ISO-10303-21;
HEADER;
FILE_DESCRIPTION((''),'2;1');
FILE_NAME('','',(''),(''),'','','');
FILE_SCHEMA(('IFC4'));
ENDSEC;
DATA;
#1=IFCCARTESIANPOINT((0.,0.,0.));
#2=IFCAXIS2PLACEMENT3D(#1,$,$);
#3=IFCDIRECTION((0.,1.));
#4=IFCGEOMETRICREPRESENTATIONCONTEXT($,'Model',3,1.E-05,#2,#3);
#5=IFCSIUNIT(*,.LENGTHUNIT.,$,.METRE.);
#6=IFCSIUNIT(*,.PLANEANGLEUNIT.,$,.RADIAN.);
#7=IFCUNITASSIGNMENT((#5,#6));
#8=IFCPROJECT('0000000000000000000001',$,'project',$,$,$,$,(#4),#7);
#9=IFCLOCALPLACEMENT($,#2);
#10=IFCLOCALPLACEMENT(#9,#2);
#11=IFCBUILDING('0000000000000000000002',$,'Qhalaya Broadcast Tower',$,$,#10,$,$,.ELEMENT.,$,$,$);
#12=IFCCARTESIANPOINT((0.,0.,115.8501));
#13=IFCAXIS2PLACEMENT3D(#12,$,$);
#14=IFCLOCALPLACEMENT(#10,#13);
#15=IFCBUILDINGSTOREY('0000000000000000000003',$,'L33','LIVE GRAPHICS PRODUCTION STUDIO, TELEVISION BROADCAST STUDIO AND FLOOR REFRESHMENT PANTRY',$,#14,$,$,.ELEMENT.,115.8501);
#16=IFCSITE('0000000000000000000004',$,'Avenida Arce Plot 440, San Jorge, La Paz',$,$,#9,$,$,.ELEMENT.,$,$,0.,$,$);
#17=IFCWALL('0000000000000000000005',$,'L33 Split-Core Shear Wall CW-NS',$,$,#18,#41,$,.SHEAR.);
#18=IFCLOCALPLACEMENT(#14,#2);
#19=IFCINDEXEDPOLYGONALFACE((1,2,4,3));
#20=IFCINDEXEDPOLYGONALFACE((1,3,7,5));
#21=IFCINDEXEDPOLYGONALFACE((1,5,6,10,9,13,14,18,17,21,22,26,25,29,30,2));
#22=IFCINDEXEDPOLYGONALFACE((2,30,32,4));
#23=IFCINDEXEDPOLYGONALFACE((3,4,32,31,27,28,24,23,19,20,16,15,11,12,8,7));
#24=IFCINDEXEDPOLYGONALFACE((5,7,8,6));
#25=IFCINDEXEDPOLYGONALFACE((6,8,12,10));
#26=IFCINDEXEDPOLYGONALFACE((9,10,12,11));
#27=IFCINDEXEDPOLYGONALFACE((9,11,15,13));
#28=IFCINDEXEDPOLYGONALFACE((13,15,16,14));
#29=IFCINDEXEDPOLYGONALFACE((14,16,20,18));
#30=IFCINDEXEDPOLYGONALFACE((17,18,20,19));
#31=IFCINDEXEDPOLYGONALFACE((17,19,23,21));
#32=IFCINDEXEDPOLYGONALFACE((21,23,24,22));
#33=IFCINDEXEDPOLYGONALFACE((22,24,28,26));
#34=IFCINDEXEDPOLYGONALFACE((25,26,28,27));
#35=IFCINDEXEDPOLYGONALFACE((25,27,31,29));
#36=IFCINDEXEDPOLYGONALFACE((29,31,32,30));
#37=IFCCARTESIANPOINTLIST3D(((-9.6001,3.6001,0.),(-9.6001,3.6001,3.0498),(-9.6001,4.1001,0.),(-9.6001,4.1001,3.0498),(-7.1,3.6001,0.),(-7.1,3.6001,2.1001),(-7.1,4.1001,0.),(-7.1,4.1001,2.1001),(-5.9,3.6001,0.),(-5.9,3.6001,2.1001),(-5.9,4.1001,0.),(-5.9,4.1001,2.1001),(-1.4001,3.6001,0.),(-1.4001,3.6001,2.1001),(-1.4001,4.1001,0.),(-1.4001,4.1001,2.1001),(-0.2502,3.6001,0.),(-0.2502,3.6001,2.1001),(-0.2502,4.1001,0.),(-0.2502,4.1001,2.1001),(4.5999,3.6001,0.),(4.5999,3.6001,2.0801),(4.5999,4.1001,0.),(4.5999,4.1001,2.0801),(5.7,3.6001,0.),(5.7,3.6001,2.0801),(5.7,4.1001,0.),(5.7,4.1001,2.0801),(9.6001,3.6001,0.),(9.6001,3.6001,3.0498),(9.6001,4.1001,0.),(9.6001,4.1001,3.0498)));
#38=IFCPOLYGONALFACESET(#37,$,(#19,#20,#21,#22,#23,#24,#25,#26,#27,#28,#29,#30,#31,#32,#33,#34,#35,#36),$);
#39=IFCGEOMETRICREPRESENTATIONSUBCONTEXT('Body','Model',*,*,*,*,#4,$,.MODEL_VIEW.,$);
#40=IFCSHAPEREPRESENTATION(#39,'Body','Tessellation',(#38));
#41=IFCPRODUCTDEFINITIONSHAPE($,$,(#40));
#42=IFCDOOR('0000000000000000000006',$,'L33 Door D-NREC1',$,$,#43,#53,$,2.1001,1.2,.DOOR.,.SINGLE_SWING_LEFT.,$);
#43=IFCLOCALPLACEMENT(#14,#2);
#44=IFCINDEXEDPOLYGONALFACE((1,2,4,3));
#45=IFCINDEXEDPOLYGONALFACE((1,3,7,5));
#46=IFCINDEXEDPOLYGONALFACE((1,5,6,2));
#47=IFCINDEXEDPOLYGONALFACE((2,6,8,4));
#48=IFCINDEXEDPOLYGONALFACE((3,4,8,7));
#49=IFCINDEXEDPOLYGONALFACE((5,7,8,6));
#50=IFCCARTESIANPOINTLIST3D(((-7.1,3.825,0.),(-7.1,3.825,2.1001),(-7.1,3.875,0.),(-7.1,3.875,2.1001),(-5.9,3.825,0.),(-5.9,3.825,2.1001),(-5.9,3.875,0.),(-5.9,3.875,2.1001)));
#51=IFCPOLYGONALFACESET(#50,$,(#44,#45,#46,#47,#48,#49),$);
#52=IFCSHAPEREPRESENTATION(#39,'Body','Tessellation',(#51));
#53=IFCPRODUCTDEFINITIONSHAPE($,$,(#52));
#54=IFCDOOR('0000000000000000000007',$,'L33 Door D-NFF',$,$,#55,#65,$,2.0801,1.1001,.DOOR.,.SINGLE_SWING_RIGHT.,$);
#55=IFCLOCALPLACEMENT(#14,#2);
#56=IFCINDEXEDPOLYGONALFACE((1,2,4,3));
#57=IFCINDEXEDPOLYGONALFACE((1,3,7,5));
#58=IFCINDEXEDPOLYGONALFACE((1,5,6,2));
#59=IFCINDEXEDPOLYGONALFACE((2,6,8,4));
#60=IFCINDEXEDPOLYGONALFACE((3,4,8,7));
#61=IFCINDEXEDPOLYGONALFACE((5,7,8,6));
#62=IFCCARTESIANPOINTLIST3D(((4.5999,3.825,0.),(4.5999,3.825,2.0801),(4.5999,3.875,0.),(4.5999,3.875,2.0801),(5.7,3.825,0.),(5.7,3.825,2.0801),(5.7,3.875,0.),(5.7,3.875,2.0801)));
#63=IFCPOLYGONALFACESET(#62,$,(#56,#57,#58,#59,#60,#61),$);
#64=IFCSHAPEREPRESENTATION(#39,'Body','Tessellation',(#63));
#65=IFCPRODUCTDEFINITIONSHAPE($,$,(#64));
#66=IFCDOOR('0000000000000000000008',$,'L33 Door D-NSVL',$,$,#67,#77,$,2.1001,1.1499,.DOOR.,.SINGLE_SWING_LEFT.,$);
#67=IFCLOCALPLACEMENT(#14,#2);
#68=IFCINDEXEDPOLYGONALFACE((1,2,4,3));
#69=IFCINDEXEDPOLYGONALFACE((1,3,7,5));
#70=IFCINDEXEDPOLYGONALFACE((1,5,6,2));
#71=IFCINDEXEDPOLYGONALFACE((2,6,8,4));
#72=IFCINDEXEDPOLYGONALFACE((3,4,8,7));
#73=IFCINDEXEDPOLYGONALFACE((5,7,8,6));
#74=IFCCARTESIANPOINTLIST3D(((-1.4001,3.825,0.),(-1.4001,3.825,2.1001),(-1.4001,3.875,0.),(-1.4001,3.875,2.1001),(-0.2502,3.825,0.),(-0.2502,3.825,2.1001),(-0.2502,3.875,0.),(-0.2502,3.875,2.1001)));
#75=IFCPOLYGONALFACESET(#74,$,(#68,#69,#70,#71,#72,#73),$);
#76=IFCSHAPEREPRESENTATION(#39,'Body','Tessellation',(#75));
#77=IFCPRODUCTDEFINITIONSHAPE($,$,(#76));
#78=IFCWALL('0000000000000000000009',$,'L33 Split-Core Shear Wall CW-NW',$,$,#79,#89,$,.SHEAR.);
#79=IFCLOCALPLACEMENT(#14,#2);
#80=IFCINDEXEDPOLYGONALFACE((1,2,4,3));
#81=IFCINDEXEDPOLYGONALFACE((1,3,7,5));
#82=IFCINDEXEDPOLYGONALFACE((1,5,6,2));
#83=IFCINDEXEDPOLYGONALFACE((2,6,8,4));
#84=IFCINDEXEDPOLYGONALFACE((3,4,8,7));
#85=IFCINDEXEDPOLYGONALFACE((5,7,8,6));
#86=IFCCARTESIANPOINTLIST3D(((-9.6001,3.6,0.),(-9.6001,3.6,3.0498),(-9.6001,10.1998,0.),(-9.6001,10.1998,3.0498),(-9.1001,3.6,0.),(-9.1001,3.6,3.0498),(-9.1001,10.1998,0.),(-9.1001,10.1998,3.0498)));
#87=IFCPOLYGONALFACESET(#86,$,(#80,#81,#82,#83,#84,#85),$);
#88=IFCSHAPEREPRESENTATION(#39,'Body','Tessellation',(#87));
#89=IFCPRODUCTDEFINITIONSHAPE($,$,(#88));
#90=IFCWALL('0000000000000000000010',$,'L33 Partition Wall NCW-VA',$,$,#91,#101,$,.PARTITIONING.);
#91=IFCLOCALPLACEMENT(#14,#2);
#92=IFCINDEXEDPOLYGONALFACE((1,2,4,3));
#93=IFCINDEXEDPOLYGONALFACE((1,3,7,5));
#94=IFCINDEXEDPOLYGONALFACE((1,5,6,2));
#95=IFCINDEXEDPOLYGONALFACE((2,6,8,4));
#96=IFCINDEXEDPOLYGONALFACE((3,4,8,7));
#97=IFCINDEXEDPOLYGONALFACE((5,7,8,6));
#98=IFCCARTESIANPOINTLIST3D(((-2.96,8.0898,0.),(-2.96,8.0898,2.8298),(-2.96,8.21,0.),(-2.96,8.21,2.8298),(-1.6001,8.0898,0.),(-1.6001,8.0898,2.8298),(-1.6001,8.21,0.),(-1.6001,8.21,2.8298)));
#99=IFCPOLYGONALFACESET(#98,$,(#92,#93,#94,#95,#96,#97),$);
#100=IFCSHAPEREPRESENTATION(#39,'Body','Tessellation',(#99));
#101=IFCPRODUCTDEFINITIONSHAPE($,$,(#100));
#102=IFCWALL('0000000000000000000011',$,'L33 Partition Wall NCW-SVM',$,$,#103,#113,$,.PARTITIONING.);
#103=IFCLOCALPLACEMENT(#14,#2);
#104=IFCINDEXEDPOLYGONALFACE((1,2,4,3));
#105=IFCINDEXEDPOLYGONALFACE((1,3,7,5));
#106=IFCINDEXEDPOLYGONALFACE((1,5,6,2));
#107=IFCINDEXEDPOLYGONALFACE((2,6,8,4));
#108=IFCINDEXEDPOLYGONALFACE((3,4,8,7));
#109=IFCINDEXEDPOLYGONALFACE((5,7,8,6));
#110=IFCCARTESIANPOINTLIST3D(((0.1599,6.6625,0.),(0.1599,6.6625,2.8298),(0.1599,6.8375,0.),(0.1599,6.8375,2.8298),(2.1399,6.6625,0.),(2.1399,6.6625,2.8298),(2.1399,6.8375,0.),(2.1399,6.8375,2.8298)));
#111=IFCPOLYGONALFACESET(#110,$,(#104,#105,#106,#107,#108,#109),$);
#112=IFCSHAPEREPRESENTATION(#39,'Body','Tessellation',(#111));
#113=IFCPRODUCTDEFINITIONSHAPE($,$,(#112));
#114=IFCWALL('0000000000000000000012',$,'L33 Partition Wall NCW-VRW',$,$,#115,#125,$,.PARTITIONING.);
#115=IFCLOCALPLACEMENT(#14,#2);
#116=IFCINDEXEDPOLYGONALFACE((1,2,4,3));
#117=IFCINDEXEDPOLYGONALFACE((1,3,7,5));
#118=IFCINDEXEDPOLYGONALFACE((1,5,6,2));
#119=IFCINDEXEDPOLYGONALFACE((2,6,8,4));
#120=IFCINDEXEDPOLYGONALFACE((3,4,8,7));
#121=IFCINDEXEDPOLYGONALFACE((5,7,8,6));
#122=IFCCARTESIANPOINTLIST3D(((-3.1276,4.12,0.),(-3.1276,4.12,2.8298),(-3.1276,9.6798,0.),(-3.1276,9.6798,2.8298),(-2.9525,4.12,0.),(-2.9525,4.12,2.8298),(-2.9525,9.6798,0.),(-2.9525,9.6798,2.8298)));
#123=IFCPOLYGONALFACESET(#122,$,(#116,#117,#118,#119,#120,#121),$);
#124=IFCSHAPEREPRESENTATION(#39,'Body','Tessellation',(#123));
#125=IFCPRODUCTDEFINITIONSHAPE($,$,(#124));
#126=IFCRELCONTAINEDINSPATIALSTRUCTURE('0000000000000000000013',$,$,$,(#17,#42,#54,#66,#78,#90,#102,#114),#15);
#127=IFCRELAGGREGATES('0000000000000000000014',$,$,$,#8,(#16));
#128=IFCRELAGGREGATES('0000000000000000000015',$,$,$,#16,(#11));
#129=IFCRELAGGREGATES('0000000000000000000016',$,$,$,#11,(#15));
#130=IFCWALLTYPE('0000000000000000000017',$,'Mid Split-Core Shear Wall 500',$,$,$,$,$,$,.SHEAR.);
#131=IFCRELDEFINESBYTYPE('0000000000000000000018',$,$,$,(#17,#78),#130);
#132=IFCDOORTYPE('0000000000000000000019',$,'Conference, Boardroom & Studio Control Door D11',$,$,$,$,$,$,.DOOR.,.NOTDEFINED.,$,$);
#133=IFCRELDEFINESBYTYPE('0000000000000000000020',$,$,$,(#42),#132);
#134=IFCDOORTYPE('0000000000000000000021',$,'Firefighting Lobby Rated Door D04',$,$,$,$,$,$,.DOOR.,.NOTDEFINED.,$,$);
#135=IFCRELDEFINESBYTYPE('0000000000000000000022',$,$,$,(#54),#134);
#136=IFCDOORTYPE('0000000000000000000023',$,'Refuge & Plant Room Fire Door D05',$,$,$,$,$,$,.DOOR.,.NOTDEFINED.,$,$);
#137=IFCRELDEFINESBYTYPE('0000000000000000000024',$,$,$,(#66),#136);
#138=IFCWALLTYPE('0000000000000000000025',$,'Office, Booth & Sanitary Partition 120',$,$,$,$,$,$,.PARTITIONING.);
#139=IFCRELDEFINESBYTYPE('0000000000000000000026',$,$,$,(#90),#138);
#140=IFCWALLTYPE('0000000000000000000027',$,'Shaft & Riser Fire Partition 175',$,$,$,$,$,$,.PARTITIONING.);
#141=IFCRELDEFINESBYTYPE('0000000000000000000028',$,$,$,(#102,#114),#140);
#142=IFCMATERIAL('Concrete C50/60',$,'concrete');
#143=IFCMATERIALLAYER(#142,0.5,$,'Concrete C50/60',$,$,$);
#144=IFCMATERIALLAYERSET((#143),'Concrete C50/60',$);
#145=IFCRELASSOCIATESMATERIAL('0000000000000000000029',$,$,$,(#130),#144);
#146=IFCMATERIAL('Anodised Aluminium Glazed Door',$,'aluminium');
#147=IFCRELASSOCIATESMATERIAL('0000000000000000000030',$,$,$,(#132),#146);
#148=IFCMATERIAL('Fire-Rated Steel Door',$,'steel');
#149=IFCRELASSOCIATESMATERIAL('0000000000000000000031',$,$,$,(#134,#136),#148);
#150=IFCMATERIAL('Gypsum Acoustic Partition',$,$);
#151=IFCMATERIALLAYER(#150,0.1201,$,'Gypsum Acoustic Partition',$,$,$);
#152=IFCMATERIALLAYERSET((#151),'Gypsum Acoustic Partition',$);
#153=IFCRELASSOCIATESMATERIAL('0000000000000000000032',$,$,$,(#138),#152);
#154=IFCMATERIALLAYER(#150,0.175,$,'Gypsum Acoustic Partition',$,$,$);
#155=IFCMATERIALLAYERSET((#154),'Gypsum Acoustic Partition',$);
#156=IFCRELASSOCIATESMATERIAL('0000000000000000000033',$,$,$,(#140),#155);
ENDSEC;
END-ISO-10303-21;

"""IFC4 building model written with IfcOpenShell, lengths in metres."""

from ifc_helpers import new_model, si_unit, direction, frame, frame_2d, origin, place, context, subcontext, project, spatial, rectangle, extrude, material, layer, layer_set, type_object, element, fill, save


model = new_model("IFC4")

# Units and contexts
model_context = context("Model", 3, precision=1e-05, world=origin(), true_north=direction((0.0, 1.0)))
body_context = subcontext(model_context, "Body", "Model", "MODEL_VIEW")
ifc_project = project(units=[si_unit("LENGTHUNIT", "METRE"), si_unit("PLANEANGLEUNIT", "RADIAN")], contexts=[model_context])

# Site, building, storey
site_placement = place(None, origin())
site = spatial("IfcSite", under=ifc_project, at=site_placement, Name="Avenida Arce Plot 440, San Jorge, La Paz", CompositionType="ELEMENT", RefElevation=0.0)
building_placement = place(site_placement, origin())
building = spatial("IfcBuilding", under=site, at=building_placement, Name="Qhalaya Broadcast Tower", CompositionType="ELEMENT")
storey_placement = place(building_placement, frame((0.0, 0.0, 115.8501)))
storey = spatial("IfcBuildingStorey", under=building, at=storey_placement, Name="L33", Description="LIVE GRAPHICS PRODUCTION STUDIO, TELEVISION BROADCAST STUDIO AND FLOOR REFRESHMENT PANTRY", CompositionType="ELEMENT", Elevation=115.8501)

# Shared definitions
ifc_material_1 = material(Name="Concrete C50/60", Category="concrete")

# Shared definitions
ifc_material_2 = material(Name="Gypsum Acoustic Partition")
ifc_material_3 = material(Name="Fire-Rated Steel Door", Category="steel")

# Shared definitions
ifc_layer_1 = layer(ifc_material_1, 0.5, Name="Concrete C50/60")
ifc_layer_set_1 = layer_set([ifc_layer_1], Name="Concrete C50/60")
wall_type_1 = type_object("IfcWallType", Name="Mid Split-Core Shear Wall 500", PredefinedType="SHEAR", material=ifc_layer_set_1)

# Wall, openings, doors
wall_1_placement = place(storey_placement, frame((-9.6001, 3.8501, 0.0), z_axis=(0.0, 0.0, 1.0), x_axis=(1.0, 0.0, 0.0)))
wall_1 = element("IfcWall", 1, at=wall_1_placement, inside=storey, type_object=wall_type_1, Name="L33 Split-Core Shear Wall CW-NS", PredefinedType="SHEAR", context=body_context, shape_type="SweptSolid", body=[
    extrude(rectangle(XDim=19.2002, YDim=0.5, at=frame_2d((9.6001, 0.0))), origin(), (0.0, 0.0, 1.0), 3.0498),
])
opening_1_placement = place(wall_1_placement, frame((14.2, 0.0, 0.0)))
opening_1 = element("IfcOpeningElement", 2, at=opening_1_placement, cuts=wall_1, PredefinedType="OPENING", context=body_context, shape_type="SweptSolid", body=[
    extrude(rectangle(XDim=1.1001, YDim=2.0801, at=frame_2d((0.55, 1.04))), frame((0.0, 0.262, 0.0), z_axis=(0.0, -1.0, 0.0), x_axis=(1.0, 0.0, 0.0)), (0.0, 0.0, 1.0), 0.5239),
])
opening_2_placement = place(wall_1_placement, frame((8.2, 0.0, 0.0)))
opening_2 = element("IfcOpeningElement", 3, at=opening_2_placement, cuts=wall_1, PredefinedType="OPENING", context=body_context, shape_type="SweptSolid", body=[
    extrude(rectangle(XDim=1.1499, YDim=2.1001, at=frame_2d((0.575, 1.05))), frame((0.0, 0.262, 0.0), z_axis=(0.0, -1.0, 0.0), x_axis=(1.0, 0.0, 0.0)), (0.0, 0.0, 1.0), 0.5239),
])
opening_3_placement = place(wall_1_placement, frame((2.5, 0.0, 0.0)))
opening_3 = element("IfcOpeningElement", 4, at=opening_3_placement, cuts=wall_1, PredefinedType="OPENING", context=body_context, shape_type="SweptSolid", body=[
    extrude(rectangle(XDim=1.2, YDim=2.1001, at=frame_2d((0.6001, 1.05))), frame((0.0, 0.262, 0.0), z_axis=(0.0, -1.0, 0.0), x_axis=(1.0, 0.0, 0.0)), (0.0, 0.0, 1.0), 0.5239),
])
ifc_material_4 = material(Name="Anodised Aluminium Glazed Door", Category="aluminium")
door_type_1 = type_object("IfcDoorType", Name="Conference, Boardroom & Studio Control Door D11", OperationType="NOTDEFINED", PredefinedType="DOOR", material=ifc_material_4)
door_1_placement = place(opening_3_placement, origin())
door_1 = element("IfcDoor", 5, at=door_1_placement, inside=storey, type_object=door_type_1, Name="L33 Door D-NREC1", OperationType="SINGLE_SWING_LEFT", OverallHeight=2.1001, OverallWidth=1.2, PredefinedType="DOOR", context=body_context, shape_type="SweptSolid", body=[
    extrude(rectangle(XDim=1.2, YDim=2.1001, at=frame_2d((0.6001, 1.05))), frame((0.0, 0.0249, 0.0), z_axis=(0.0, -1.0, 0.0), x_axis=(1.0, 0.0, 0.0)), (0.0, 0.0, 1.0), 0.05),
])
fill(opening_3, door_1)
door_type_2 = type_object("IfcDoorType", Name="Firefighting Lobby Rated Door D04", OperationType="NOTDEFINED", PredefinedType="DOOR", material=ifc_material_3)
door_2_placement = place(opening_1_placement, origin())
door_2 = element("IfcDoor", 6, at=door_2_placement, inside=storey, type_object=door_type_2, Name="L33 Door D-NFF", OperationType="SINGLE_SWING_RIGHT", OverallHeight=2.0801, OverallWidth=1.1001, PredefinedType="DOOR", context=body_context, shape_type="SweptSolid", body=[
    extrude(rectangle(XDim=1.1001, YDim=2.0801, at=frame_2d((0.55, 1.04))), frame((0.0, 0.0249, 0.0), z_axis=(0.0, -1.0, 0.0), x_axis=(1.0, 0.0, 0.0)), (0.0, 0.0, 1.0), 0.05),
])
fill(opening_1, door_2)
door_type_3 = type_object("IfcDoorType", Name="Refuge & Plant Room Fire Door D05", OperationType="NOTDEFINED", PredefinedType="DOOR", material=ifc_material_3)
door_3_placement = place(opening_2_placement, origin())
door_3 = element("IfcDoor", 7, at=door_3_placement, inside=storey, type_object=door_type_3, Name="L33 Door D-NSVL", OperationType="SINGLE_SWING_LEFT", OverallHeight=2.1001, OverallWidth=1.1499, PredefinedType="DOOR", context=body_context, shape_type="SweptSolid", body=[
    extrude(rectangle(XDim=1.1499, YDim=2.1001, at=frame_2d((0.575, 1.05))), frame((0.0, 0.0249, 0.0), z_axis=(0.0, -1.0, 0.0), x_axis=(1.0, 0.0, 0.0)), (0.0, 0.0, 1.0), 0.05),
])
fill(opening_2, door_3)

# Walls
wall_2_placement = place(storey_placement, frame((-9.3501, 3.6001, 0.0), z_axis=(0.0, 0.0, 1.0), x_axis=(0.0, 1.0, 0.0)))
element("IfcWall", 8, at=wall_2_placement, inside=storey, type_object=wall_type_1, Name="L33 Split-Core Shear Wall CW-NW", PredefinedType="SHEAR", context=body_context, shape_type="SweptSolid", body=[
    extrude(rectangle(XDim=6.5999, YDim=0.5, at=frame_2d((3.2998, 0.0))), origin(), (0.0, 0.0, 1.0), 3.0498),
])
ifc_layer_2 = layer(ifc_material_2, 0.1201, Name="Gypsum Acoustic Partition")
ifc_layer_set_2 = layer_set([ifc_layer_2], Name="Gypsum Acoustic Partition")
wall_type_2 = type_object("IfcWallType", Name="Office, Booth & Sanitary Partition 120", PredefinedType="PARTITIONING", material=ifc_layer_set_2)
wall_3_placement = place(storey_placement, frame((-2.96, 8.1499, 0.0), z_axis=(0.0, 0.0, 1.0), x_axis=(1.0, 0.0, 0.0)))
element("IfcWall", 9, at=wall_3_placement, inside=storey, type_object=wall_type_2, Name="L33 Partition Wall NCW-VA", PredefinedType="PARTITIONING", context=body_context, shape_type="SweptSolid", body=[
    extrude(rectangle(XDim=1.3599, YDim=0.1201, at=frame_2d((0.6799, 0.0))), origin(), (0.0, 0.0, 1.0), 2.8298),
])

# Shared definitions
ifc_layer_3 = layer(ifc_material_2, 0.175, Name="Gypsum Acoustic Partition")
ifc_layer_set_3 = layer_set([ifc_layer_3], Name="Gypsum Acoustic Partition")
wall_type_3 = type_object("IfcWallType", Name="Shaft & Riser Fire Partition 175", PredefinedType="PARTITIONING", material=ifc_layer_set_3)

# Walls
wall_4_placement = place(storey_placement, frame((0.1599, 6.75, 0.0), z_axis=(0.0, 0.0, 1.0), x_axis=(1.0, 0.0, 0.0)))
element("IfcWall", 10, at=wall_4_placement, inside=storey, type_object=wall_type_3, Name="L33 Partition Wall NCW-SVM", PredefinedType="PARTITIONING", context=body_context, shape_type="SweptSolid", body=[
    extrude(rectangle(XDim=1.98, YDim=0.175, at=frame_2d((0.99, 0.0))), origin(), (0.0, 0.0, 1.0), 2.8298),
])
wall_5_placement = place(storey_placement, frame((-3.04, 4.1201, 0.0), z_axis=(0.0, 0.0, 1.0), x_axis=(0.0, 1.0, 0.0)))
element("IfcWall", 11, at=wall_5_placement, inside=storey, type_object=wall_type_3, Name="L33 Partition Wall NCW-VRW", PredefinedType="PARTITIONING", context=body_context, shape_type="SweptSolid", body=[
    extrude(rectangle(XDim=5.5598, YDim=0.175, at=frame_2d((2.7798, 0.0))), origin(), (0.0, 0.0, 1.0), 2.8298),
])

save(model, "model.ifc")
